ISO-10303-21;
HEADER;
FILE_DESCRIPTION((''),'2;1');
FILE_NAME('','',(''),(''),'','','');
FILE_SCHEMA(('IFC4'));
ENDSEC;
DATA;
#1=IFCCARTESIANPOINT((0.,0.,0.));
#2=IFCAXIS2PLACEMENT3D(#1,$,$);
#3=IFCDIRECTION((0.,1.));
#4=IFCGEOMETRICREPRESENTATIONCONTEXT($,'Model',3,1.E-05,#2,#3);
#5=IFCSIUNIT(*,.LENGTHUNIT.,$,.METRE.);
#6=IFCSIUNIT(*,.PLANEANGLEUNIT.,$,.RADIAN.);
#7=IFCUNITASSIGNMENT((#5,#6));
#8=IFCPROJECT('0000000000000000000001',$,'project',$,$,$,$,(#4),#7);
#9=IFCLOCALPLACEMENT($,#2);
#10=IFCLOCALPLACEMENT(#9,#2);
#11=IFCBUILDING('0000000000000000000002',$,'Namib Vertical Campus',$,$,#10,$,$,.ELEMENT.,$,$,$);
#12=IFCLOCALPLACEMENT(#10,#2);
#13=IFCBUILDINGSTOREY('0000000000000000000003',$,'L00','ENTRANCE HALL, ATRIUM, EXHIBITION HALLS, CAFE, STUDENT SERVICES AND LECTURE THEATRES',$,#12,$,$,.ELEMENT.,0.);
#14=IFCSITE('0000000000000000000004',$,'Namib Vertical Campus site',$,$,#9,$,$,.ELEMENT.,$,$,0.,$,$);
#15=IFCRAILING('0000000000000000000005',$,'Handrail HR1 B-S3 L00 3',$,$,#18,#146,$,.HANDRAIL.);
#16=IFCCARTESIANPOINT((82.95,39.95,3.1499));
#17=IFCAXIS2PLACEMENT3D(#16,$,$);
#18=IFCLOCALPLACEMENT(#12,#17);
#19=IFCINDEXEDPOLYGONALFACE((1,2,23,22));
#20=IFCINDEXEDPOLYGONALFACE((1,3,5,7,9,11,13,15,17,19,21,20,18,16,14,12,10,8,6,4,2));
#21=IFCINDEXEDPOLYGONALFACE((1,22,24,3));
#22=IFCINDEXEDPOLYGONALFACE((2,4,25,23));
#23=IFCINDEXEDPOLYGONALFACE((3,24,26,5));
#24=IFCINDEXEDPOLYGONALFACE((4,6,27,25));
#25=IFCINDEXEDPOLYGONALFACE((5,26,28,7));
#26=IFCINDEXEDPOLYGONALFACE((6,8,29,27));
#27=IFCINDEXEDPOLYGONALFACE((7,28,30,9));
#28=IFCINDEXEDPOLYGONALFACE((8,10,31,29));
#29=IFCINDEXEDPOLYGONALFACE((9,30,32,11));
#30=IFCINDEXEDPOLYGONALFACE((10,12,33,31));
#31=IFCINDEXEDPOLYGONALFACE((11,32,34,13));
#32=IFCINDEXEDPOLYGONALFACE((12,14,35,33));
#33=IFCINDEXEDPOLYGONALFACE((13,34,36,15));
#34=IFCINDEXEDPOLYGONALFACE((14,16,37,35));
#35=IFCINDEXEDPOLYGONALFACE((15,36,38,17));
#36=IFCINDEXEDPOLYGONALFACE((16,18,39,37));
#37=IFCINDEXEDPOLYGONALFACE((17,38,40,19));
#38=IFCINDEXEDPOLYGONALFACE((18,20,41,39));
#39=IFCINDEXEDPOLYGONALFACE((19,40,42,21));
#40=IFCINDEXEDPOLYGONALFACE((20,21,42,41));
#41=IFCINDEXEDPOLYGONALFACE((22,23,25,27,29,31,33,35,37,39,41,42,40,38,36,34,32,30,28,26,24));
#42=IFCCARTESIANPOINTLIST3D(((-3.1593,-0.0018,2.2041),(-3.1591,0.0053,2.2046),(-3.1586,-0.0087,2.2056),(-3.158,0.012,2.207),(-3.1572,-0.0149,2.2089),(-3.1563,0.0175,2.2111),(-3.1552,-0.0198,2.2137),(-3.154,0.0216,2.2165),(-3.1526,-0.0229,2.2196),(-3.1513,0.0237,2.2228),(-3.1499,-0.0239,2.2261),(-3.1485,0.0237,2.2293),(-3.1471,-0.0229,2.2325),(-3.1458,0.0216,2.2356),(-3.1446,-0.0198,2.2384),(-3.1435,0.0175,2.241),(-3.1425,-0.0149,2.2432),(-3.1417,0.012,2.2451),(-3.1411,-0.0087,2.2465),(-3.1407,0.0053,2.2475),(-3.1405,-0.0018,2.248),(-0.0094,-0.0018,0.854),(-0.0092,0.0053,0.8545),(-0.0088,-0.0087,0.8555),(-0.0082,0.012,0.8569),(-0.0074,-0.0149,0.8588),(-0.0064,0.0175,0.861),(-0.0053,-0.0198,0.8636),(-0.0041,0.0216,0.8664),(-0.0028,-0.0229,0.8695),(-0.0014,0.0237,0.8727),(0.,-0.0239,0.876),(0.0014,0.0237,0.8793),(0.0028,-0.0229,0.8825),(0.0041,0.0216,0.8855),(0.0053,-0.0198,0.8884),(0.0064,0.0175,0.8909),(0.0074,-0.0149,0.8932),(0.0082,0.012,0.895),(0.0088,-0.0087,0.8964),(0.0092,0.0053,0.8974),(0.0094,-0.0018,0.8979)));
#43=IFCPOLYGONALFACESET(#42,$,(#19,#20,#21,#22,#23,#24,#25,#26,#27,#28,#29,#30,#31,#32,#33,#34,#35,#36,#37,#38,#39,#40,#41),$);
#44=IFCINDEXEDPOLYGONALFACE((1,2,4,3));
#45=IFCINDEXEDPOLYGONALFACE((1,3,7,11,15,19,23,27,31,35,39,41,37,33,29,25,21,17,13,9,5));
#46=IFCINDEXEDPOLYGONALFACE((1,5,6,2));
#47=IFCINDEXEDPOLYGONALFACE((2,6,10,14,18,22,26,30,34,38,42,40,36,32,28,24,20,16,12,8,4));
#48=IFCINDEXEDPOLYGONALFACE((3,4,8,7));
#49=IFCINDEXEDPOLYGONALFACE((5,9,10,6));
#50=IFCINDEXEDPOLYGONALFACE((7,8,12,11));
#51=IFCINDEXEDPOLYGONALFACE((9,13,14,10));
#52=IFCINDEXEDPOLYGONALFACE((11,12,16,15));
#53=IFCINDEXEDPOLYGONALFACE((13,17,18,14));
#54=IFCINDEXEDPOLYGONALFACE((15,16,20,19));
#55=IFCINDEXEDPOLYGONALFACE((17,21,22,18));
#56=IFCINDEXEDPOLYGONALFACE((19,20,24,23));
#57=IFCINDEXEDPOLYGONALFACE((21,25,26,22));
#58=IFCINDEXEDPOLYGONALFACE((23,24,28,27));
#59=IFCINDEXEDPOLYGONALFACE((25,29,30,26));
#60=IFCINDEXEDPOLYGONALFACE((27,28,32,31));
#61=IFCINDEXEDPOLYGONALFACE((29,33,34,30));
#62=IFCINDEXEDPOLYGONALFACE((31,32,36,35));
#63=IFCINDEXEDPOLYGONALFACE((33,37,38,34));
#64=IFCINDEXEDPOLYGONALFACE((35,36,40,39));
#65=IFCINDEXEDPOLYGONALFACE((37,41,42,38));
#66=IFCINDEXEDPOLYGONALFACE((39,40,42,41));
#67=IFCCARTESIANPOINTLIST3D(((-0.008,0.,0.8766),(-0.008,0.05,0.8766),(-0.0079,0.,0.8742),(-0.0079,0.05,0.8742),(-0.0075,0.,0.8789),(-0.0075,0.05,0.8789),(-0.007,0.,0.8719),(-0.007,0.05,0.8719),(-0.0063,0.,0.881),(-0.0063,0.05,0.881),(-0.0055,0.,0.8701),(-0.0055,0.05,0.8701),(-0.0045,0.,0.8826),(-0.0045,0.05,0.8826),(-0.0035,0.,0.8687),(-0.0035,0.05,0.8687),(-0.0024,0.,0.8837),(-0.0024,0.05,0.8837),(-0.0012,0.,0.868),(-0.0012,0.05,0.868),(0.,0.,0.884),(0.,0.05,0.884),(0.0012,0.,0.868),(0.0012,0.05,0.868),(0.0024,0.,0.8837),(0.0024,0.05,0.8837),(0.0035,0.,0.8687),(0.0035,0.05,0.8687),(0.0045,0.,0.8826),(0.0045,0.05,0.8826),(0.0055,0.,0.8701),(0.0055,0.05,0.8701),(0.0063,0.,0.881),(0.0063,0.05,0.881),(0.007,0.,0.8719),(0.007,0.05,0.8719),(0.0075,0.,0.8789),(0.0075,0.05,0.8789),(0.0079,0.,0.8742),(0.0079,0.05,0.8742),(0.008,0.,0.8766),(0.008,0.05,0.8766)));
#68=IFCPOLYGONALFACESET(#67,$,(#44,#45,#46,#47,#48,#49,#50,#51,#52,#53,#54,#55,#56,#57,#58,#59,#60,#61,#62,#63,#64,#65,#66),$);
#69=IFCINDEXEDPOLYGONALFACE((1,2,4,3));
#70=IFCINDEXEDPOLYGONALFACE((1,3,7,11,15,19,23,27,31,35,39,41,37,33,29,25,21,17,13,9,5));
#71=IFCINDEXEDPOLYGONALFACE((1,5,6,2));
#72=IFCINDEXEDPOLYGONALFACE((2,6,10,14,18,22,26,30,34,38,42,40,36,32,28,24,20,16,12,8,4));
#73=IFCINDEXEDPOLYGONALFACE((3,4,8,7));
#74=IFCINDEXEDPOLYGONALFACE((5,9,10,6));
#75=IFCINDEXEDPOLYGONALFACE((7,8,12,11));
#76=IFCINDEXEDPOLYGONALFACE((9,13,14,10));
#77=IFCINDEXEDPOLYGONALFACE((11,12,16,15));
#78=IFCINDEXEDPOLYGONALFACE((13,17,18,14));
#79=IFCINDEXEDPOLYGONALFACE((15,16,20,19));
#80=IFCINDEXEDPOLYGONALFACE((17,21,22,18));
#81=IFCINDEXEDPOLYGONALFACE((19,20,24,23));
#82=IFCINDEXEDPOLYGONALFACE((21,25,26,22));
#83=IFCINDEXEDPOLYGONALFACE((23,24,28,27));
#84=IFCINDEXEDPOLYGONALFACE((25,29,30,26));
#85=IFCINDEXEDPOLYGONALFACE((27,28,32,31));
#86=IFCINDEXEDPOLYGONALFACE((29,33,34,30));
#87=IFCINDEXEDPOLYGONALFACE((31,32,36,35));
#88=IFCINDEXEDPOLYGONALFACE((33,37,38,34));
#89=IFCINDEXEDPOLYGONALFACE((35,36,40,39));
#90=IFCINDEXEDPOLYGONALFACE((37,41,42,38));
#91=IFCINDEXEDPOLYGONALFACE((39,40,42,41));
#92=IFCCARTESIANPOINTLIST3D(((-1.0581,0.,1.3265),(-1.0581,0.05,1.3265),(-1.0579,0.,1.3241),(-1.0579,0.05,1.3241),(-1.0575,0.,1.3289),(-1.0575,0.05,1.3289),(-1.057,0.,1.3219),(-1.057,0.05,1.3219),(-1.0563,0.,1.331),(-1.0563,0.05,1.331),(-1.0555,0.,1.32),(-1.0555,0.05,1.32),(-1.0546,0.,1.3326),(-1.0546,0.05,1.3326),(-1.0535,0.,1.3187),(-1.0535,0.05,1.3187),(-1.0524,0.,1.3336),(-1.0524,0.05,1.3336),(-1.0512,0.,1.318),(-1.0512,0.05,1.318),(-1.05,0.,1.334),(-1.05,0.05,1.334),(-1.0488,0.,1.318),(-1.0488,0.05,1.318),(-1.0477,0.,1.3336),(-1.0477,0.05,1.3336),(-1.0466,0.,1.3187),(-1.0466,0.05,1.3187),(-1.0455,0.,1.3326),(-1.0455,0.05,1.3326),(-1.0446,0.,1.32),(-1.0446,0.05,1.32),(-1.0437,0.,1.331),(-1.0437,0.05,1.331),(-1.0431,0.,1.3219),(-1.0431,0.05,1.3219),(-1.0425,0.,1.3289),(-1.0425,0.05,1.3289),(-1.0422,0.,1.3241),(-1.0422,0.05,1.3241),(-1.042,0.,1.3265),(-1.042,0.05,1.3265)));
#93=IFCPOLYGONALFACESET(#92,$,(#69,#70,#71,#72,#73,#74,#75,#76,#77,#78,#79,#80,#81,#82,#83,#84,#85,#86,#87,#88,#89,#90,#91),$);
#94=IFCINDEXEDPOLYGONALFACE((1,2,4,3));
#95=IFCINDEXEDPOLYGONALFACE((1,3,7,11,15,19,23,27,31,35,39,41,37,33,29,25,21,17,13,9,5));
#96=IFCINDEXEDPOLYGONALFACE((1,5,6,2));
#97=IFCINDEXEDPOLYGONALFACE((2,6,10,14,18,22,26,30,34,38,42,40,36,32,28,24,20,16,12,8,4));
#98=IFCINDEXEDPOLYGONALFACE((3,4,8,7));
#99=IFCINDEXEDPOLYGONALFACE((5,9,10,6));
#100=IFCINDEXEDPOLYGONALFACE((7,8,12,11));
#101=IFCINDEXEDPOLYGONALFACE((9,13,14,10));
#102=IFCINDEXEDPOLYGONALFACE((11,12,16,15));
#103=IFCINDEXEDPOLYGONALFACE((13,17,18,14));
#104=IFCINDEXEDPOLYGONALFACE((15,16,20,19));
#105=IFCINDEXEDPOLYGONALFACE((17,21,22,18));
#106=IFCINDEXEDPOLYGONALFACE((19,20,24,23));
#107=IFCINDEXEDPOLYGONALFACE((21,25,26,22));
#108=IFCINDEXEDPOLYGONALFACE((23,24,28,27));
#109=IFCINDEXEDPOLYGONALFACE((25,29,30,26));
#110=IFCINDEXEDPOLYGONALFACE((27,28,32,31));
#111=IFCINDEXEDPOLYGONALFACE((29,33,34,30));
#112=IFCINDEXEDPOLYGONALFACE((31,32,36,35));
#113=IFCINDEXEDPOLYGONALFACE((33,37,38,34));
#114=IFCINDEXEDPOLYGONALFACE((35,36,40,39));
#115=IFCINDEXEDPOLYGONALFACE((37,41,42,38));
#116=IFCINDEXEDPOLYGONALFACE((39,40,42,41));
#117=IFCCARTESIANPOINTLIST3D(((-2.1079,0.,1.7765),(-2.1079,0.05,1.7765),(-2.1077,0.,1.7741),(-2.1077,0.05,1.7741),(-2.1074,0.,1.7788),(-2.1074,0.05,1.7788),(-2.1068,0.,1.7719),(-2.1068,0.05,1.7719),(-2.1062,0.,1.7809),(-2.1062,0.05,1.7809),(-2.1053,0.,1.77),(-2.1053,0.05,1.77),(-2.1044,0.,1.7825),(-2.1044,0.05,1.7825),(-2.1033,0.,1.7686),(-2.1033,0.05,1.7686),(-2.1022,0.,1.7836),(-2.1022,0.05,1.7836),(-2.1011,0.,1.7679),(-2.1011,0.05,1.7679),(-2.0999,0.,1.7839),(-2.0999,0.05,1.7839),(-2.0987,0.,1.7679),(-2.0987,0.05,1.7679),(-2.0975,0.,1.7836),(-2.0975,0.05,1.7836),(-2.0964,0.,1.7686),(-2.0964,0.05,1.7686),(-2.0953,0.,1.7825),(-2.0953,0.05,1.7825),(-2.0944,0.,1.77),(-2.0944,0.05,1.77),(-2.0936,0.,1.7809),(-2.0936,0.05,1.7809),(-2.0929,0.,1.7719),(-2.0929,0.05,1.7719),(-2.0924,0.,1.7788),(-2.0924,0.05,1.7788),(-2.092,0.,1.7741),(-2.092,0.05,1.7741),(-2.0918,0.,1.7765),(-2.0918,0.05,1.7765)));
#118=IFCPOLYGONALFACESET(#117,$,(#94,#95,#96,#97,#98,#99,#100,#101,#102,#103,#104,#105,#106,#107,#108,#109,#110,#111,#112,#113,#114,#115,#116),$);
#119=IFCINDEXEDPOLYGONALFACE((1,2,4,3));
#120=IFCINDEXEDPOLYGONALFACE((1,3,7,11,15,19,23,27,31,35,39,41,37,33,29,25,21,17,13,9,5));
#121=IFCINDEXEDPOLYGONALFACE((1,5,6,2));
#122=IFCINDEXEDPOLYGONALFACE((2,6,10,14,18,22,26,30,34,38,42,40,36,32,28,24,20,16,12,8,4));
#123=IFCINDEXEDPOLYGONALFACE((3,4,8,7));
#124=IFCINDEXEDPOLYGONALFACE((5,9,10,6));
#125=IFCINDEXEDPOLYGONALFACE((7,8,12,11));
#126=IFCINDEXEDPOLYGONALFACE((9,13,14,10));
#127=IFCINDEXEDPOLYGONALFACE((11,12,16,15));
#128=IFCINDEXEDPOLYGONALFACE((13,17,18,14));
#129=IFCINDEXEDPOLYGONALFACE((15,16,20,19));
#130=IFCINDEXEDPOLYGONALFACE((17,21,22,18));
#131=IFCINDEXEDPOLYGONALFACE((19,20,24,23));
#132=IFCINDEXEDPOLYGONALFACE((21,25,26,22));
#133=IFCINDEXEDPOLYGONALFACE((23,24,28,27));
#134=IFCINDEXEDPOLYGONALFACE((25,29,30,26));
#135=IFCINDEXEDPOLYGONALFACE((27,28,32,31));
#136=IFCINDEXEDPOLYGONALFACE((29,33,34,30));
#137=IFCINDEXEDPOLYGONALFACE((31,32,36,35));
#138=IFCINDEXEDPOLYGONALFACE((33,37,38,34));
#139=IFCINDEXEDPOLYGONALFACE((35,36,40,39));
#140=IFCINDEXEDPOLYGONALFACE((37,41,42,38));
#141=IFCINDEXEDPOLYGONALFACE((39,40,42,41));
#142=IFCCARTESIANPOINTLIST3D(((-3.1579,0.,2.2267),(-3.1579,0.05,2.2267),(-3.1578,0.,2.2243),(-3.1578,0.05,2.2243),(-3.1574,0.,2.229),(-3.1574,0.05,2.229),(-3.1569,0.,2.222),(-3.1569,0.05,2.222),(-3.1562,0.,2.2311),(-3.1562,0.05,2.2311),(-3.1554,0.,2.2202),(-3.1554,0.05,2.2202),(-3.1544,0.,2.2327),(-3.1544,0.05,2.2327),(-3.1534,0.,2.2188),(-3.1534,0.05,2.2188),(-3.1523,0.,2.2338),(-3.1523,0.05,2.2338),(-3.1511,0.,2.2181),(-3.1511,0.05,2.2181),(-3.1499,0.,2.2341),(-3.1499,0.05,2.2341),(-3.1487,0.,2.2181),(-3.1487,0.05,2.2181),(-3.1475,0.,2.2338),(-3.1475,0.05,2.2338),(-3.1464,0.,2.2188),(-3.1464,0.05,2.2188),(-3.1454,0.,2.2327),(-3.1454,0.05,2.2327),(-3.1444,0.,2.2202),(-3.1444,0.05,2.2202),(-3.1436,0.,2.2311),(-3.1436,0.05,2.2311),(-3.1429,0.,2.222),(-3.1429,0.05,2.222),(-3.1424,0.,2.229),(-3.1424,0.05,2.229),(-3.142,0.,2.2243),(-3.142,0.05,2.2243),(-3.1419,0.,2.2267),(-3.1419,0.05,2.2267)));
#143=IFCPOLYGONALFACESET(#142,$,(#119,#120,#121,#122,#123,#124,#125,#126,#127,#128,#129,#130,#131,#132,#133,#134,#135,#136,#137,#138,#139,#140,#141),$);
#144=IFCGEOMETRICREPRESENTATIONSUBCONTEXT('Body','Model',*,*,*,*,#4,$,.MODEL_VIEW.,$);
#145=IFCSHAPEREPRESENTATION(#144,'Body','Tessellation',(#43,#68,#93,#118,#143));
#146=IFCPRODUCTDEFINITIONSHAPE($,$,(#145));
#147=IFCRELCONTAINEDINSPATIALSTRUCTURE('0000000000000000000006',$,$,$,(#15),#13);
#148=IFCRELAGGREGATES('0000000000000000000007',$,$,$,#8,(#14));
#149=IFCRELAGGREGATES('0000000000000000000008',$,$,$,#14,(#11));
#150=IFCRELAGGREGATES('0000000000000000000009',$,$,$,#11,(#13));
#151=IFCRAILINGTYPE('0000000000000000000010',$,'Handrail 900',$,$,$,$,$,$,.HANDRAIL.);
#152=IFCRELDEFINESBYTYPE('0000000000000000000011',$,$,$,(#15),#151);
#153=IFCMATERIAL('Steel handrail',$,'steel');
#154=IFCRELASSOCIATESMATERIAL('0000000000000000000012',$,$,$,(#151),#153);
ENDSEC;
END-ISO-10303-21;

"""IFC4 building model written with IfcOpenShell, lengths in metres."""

from ifc_helpers import new_model, si_unit, direction, frame, origin, origin_2d, place, context, subcontext, project, spatial, circle, extrude, material, type_object, element, save


model = new_model("IFC4")

# Units and contexts
model_context = context("Model", 3, precision=1e-05, world=origin(), true_north=direction((0.0, 1.0)))
body_context = subcontext(model_context, "Body", "Model", "MODEL_VIEW")
ifc_project = project(units=[si_unit("LENGTHUNIT", "METRE"), si_unit("PLANEANGLEUNIT", "RADIAN")], contexts=[model_context])

# Site, building, storey
site_placement = place(None, origin())
site = spatial("IfcSite", under=ifc_project, at=site_placement, Name="Namib Vertical Campus site", CompositionType="ELEMENT", RefElevation=0.0)
building_placement = place(site_placement, origin())
building = spatial("IfcBuilding", under=site, at=building_placement, Name="Namib Vertical Campus", CompositionType="ELEMENT")
storey_placement = place(building_placement, origin())
storey = spatial("IfcBuildingStorey", under=building, at=storey_placement, Name="L00", Description="ENTRANCE HALL, ATRIUM, EXHIBITION HALLS, CAFE, STUDENT SERVICES AND LECTURE THEATRES", CompositionType="ELEMENT", Elevation=0.0)

# Railing
ifc_material_1 = material(Name="Steel handrail", Category="steel")
railing_type_1 = type_object("IfcRailingType", Name="Handrail 900", PredefinedType="HANDRAIL", material=ifc_material_1)
for number, where, name in (
    (1, (82.95, 39.95, 3.1499), "Handrail HR1 B-S3 L00 3"),
):
    element("IfcRailing", number, at=place(storey_placement, frame(where)), inside=storey, type_object=railing_type_1, Name=name, PredefinedType="HANDRAIL", context=body_context, shape_type="SweptSolid", body=[
        extrude(circle(Radius=0.0239, at=origin_2d()), frame((0.0, 0.0, 0.876), z_axis=(-0.91913, 0.0, 0.393954), x_axis=(0.0, -1.0, 0.0)), (0.0, 0.0, 1.0), 3.427),
        extrude(circle(Radius=0.0081, at=origin_2d()), frame((0.0, 0.0, 0.876), z_axis=(0.0, 1.0, 0.0), x_axis=(0.0, 0.0, 1.0)), (0.0, 0.0, 1.0), 0.05),
        extrude(circle(Radius=0.0081, at=origin_2d()), frame((-1.05, 0.0, 1.3259), z_axis=(0.0, 1.0, 0.0), x_axis=(0.0, 0.0, 1.0)), (0.0, 0.0, 1.0), 0.05),
        extrude(circle(Radius=0.0081, at=origin_2d()), frame((-2.0999, 0.0, 1.7759), z_axis=(0.0, 1.0, 0.0), x_axis=(0.0, 0.0, 1.0)), (0.0, 0.0, 1.0), 0.05),
        extrude(circle(Radius=0.0081, at=origin_2d()), frame((-3.1499, 0.0, 2.2261), z_axis=(0.0, 1.0, 0.0), x_axis=(0.0, 0.0, 1.0)), (0.0, 0.0, 1.0), 0.05),
    ])

save(model, "model.ifc")
